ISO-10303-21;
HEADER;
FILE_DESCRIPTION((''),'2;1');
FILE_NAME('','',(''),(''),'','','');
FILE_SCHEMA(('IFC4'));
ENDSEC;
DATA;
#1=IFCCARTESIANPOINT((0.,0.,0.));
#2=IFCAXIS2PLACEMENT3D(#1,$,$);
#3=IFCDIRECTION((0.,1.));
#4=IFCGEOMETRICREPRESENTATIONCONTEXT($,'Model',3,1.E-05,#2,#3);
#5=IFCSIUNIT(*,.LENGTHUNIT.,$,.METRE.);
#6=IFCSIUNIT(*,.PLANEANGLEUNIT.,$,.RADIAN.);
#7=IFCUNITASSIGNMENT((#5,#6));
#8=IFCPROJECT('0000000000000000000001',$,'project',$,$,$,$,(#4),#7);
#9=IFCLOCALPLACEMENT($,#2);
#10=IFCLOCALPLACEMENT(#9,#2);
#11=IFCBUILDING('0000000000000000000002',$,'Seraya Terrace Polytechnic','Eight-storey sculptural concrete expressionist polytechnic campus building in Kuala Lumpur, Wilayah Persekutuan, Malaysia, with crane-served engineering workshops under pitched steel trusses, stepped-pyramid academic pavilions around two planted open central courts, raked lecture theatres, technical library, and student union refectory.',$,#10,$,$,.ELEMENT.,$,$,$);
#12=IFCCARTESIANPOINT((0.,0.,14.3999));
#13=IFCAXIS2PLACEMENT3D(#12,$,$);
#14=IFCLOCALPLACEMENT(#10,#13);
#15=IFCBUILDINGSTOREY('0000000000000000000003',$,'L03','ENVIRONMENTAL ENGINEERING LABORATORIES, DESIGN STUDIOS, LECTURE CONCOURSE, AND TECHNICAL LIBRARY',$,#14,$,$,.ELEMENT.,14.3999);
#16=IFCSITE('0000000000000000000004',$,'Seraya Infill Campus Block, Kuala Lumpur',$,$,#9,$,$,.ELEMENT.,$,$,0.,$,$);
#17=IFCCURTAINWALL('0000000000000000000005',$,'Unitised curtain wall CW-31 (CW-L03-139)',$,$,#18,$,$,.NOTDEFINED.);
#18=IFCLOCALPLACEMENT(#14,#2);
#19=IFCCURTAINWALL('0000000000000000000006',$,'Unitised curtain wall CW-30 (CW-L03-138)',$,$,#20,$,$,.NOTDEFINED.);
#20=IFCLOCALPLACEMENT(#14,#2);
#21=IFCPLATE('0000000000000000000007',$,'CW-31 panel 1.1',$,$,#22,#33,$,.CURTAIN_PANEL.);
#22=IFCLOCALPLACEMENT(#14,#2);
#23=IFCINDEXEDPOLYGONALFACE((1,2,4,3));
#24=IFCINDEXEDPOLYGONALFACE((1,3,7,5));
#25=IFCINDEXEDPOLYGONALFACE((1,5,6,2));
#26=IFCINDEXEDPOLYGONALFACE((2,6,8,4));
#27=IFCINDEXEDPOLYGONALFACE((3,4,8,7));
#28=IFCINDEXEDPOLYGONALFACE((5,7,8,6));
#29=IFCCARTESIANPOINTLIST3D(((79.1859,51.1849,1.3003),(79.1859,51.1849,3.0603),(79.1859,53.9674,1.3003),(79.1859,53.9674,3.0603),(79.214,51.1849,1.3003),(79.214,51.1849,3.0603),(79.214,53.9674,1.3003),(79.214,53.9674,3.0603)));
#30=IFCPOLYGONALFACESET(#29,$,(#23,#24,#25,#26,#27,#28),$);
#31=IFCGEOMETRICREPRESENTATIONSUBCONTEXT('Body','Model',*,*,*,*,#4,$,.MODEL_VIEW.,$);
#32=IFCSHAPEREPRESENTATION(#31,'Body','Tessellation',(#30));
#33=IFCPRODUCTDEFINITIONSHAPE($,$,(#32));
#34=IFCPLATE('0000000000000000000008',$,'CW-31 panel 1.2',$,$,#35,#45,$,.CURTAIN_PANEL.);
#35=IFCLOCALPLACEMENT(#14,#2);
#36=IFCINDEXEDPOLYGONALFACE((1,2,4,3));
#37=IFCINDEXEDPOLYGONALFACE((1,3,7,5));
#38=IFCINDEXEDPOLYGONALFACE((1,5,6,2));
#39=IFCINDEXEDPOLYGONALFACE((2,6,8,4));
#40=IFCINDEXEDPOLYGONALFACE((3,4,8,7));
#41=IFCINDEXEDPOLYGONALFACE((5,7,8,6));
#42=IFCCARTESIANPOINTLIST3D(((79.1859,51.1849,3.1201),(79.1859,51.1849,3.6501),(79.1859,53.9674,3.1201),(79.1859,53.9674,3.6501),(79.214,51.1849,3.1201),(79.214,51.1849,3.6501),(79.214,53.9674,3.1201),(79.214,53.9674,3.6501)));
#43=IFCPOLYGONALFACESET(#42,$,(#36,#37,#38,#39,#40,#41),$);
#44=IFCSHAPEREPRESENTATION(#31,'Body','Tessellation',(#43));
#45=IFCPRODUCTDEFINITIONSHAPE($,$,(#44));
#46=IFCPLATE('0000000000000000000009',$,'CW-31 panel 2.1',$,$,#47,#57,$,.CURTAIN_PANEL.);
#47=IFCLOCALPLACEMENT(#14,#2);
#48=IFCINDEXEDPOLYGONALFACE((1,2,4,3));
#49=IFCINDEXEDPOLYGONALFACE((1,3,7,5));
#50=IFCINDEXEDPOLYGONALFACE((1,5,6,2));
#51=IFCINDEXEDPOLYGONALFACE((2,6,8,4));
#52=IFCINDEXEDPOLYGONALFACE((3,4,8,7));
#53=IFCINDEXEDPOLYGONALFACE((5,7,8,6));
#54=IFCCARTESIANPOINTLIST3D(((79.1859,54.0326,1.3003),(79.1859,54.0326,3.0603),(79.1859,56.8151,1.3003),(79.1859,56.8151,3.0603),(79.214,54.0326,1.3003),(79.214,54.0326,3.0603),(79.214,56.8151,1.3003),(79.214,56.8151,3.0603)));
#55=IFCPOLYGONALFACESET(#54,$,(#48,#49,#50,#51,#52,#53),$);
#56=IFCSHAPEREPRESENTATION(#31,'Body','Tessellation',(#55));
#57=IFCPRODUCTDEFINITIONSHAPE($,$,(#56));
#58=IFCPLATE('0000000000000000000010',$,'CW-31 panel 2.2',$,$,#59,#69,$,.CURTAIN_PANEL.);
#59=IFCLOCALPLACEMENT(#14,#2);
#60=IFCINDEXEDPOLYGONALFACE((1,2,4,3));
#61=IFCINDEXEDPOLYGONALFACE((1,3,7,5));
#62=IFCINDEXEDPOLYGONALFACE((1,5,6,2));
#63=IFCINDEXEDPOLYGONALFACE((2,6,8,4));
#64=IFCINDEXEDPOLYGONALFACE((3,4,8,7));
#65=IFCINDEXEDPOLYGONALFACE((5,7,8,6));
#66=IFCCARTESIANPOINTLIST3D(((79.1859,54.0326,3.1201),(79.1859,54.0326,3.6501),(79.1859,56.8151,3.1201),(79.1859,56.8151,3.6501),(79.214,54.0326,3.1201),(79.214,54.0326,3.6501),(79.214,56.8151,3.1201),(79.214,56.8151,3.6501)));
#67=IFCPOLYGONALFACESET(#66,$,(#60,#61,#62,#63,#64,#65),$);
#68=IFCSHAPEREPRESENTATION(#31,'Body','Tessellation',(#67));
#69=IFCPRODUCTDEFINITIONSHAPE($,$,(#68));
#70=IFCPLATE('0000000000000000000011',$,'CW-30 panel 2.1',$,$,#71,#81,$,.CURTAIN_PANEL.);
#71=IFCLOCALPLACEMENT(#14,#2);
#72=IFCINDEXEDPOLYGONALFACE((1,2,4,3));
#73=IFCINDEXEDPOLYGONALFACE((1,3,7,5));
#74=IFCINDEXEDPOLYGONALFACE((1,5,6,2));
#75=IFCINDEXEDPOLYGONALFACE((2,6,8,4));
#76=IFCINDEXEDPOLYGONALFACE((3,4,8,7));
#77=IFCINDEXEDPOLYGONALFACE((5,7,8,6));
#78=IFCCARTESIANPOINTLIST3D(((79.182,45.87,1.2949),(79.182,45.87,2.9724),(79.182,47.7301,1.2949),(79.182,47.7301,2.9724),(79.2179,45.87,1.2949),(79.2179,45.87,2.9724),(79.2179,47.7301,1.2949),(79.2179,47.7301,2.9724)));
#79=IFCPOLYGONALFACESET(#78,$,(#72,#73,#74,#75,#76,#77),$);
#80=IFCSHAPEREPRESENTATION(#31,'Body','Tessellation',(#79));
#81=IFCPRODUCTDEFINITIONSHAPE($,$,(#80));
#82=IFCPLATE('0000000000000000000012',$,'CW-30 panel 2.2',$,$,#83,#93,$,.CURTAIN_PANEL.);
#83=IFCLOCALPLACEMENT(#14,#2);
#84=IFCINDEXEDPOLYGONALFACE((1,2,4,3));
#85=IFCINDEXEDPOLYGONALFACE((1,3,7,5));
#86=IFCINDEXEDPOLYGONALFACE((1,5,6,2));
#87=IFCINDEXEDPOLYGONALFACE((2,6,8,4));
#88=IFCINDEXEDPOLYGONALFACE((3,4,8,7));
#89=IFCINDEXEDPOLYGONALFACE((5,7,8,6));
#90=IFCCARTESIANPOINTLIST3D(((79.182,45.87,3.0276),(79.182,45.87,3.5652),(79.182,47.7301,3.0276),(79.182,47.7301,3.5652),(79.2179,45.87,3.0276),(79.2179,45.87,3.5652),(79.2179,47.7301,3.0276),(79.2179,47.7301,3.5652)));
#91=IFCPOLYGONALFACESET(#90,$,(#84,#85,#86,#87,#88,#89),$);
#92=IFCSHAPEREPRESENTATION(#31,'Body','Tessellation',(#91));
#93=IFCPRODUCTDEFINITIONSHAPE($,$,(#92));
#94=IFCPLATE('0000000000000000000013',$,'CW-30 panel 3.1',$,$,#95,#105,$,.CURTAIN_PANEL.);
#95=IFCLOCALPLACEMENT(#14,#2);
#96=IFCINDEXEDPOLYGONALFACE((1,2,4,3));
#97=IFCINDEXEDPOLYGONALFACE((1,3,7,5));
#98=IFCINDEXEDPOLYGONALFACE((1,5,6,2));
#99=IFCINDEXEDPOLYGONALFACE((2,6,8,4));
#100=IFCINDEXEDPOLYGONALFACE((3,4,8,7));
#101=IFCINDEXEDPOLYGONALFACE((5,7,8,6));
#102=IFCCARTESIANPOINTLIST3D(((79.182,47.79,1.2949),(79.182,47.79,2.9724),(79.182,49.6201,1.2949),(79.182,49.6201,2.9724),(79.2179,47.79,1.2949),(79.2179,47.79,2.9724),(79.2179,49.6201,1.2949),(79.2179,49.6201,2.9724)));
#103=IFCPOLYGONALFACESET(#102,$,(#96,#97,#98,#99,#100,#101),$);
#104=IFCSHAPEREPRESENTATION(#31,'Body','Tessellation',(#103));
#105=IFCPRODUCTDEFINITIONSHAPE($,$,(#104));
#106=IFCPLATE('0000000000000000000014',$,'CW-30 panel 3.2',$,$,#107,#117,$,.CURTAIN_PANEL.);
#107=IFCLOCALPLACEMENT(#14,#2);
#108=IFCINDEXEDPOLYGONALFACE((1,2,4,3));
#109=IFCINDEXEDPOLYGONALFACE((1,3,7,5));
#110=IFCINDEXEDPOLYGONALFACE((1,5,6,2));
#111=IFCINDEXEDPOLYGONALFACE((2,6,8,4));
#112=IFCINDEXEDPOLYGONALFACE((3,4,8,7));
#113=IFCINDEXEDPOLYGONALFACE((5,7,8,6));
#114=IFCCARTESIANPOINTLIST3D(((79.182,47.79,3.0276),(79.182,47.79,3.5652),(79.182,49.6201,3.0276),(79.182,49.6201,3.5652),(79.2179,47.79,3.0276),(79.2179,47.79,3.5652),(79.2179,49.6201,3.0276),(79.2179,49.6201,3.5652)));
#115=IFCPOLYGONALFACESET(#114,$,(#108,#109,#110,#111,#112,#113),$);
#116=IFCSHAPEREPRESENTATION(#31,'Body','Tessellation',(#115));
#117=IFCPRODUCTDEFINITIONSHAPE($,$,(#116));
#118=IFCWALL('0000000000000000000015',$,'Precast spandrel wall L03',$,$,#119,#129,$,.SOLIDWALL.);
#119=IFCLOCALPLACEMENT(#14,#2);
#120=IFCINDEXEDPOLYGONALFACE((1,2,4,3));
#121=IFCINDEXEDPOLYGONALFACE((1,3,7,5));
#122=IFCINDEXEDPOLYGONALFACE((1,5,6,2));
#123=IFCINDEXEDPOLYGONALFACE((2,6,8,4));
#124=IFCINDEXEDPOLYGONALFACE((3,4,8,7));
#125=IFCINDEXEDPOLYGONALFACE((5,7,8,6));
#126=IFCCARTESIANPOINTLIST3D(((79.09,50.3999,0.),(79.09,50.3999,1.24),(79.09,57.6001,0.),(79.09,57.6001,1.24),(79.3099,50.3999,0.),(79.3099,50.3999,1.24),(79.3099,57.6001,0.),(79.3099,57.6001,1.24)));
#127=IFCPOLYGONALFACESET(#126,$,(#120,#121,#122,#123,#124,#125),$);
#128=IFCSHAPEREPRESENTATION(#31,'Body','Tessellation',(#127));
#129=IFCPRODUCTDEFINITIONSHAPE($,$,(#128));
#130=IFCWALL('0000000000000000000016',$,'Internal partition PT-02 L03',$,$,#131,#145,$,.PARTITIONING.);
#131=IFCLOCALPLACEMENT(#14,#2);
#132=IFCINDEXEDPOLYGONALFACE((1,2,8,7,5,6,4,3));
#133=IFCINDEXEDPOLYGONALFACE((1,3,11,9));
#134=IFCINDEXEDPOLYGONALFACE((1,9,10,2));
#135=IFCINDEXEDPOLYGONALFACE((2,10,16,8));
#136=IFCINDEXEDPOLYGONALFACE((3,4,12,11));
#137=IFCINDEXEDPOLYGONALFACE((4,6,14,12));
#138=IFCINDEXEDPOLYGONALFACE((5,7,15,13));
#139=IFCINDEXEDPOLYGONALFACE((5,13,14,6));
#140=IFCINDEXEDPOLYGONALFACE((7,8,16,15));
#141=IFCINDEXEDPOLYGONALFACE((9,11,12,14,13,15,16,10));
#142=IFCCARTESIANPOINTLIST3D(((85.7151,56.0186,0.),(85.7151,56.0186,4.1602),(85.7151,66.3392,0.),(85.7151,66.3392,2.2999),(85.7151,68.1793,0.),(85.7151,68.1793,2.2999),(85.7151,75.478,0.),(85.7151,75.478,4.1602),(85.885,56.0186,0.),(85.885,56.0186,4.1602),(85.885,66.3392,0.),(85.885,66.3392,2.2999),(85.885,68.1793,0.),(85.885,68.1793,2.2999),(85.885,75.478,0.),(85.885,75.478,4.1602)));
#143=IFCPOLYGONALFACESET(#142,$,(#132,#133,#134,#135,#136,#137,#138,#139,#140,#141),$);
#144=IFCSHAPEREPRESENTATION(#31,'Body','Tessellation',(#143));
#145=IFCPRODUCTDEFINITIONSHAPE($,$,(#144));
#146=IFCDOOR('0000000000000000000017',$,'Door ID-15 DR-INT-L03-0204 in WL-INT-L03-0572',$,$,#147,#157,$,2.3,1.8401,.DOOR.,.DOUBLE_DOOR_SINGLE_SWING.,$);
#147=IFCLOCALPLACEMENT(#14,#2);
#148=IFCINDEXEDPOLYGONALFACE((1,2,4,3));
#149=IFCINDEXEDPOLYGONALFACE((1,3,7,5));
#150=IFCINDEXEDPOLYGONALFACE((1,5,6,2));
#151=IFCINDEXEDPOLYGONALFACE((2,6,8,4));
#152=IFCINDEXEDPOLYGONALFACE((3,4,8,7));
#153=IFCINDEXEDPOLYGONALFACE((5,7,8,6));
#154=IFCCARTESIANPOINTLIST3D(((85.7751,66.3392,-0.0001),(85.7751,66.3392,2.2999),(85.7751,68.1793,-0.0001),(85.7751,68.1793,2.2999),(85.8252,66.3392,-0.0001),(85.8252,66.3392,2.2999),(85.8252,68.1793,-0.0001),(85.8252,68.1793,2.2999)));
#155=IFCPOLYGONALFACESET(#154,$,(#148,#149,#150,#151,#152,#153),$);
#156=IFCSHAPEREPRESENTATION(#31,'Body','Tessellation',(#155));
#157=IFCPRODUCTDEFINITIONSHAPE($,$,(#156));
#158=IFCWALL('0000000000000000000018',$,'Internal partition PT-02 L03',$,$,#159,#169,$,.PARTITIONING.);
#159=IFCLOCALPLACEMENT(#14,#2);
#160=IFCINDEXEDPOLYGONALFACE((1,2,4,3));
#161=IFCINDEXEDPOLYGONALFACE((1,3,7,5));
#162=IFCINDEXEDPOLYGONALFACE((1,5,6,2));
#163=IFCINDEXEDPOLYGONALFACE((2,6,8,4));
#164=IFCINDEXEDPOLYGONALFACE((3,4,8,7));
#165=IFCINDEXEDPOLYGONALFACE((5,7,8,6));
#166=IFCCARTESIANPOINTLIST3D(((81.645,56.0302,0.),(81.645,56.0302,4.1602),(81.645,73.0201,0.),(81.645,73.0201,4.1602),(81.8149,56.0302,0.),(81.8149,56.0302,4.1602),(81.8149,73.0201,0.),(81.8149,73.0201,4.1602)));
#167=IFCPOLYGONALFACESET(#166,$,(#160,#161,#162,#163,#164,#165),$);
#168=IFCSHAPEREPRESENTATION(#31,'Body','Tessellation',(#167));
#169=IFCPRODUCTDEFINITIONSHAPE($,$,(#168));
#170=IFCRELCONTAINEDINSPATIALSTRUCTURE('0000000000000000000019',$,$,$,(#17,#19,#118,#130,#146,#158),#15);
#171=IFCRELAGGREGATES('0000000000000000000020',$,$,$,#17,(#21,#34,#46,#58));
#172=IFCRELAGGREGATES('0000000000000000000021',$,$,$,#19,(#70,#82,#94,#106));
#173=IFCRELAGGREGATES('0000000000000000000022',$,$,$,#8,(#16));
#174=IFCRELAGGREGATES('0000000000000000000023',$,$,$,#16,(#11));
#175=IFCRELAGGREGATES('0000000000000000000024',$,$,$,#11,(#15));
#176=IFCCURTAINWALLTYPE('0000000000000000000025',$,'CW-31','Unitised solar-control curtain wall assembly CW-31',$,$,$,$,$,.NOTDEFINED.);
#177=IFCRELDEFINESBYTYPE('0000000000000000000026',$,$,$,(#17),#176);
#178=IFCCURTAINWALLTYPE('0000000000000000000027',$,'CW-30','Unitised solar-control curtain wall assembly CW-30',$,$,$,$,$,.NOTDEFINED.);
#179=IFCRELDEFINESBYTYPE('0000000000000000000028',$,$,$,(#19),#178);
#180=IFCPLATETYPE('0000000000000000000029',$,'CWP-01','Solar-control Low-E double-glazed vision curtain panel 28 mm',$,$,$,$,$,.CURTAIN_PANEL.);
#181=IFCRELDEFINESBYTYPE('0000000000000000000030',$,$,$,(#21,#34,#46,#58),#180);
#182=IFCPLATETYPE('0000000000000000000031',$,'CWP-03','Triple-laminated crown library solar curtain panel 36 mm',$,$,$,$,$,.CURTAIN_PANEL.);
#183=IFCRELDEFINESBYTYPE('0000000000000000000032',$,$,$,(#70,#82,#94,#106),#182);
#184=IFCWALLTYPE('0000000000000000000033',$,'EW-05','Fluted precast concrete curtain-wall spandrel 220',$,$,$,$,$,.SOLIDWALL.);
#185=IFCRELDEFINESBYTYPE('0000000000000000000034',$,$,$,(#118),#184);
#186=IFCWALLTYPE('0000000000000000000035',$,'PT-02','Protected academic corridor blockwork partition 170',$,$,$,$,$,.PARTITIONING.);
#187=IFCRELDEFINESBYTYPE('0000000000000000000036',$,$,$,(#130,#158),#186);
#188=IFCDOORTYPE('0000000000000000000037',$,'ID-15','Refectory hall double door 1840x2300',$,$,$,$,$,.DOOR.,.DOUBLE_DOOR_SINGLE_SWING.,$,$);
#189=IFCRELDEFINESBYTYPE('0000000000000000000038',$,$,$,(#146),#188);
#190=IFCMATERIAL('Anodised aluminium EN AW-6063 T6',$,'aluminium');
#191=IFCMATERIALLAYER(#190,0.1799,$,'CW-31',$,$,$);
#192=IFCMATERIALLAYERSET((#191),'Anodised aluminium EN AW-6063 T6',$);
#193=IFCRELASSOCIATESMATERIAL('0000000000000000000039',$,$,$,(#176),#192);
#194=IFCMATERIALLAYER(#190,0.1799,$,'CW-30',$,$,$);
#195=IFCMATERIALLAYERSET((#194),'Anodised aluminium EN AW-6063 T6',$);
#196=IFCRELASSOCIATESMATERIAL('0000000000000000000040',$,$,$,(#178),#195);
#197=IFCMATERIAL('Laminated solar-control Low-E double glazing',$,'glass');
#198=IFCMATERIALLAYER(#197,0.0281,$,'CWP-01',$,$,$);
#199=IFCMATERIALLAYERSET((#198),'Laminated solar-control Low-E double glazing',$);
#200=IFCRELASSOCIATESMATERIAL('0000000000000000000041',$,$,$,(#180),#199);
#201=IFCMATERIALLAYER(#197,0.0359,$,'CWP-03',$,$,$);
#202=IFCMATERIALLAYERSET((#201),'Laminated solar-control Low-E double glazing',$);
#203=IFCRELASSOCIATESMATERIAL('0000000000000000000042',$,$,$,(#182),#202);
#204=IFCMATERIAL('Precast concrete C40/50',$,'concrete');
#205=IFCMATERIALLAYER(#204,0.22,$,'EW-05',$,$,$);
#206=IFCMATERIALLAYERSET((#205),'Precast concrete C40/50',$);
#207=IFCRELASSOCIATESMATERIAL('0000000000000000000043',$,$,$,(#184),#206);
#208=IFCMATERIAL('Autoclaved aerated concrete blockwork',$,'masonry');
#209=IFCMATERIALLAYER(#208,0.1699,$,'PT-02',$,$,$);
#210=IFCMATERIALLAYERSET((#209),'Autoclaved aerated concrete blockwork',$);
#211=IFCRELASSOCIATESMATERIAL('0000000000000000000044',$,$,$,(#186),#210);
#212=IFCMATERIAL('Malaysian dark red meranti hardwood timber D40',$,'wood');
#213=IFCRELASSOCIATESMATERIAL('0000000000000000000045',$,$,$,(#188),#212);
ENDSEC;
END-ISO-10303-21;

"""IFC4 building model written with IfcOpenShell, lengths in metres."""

from ifc_helpers import new_model, si_unit, direction, frame, frame_2d, origin, origin_2d, place, context, subcontext, project, spatial, rectangle, extrude, material, layer, layer_set, type_object, element, fill, aggregate, save


model = new_model("IFC4")

# Units and contexts
model_context = context("Model", 3, precision=1e-05, world=origin(), true_north=direction((0.0, 1.0)))
body_context = subcontext(model_context, "Body", "Model", "MODEL_VIEW")
ifc_project = project(units=[si_unit("LENGTHUNIT", "METRE"), si_unit("PLANEANGLEUNIT", "RADIAN")], contexts=[model_context])

# Site, building, storey
site_placement = place(None, origin())
site = spatial("IfcSite", under=ifc_project, at=site_placement, Name="Seraya Infill Campus Block, Kuala Lumpur", CompositionType="ELEMENT", RefElevation=0.0)
building_placement = place(site_placement, origin())
building = spatial("IfcBuilding", under=site, at=building_placement, Name="Seraya Terrace Polytechnic", Description="Eight-storey sculptural concrete expressionist polytechnic campus building in Kuala Lumpur, Wilayah Persekutuan, Malaysia, with crane-served engineering workshops under pitched steel trusses, stepped-pyramid academic pavilions around two planted open central courts, raked lecture theatres, technical library, and student union refectory.", CompositionType="ELEMENT")
storey_placement = place(building_placement, frame((0.0, 0.0, 14.3999)))
storey = spatial("IfcBuildingStorey", under=building, at=storey_placement, Name="L03", Description="ENVIRONMENTAL ENGINEERING LABORATORIES, DESIGN STUDIOS, LECTURE CONCOURSE, AND TECHNICAL LIBRARY", CompositionType="ELEMENT", Elevation=14.3999)

# Curtain walls
ifc_material_1 = material(Name="Anodised aluminium EN AW-6063 T6", Category="aluminium")
ifc_layer_1 = layer(ifc_material_1, 0.1799, Name="CW-31")
ifc_layer_set_1 = layer_set([ifc_layer_1], Name="Anodised aluminium EN AW-6063 T6")
curtain_wall_type_1 = type_object("IfcCurtainWallType", Name="CW-31", Description="Unitised solar-control curtain wall assembly CW-31", PredefinedType="NOTDEFINED", material=ifc_layer_set_1)
curtain_wall_1_placement = place(storey_placement, origin())
curtain_wall_1 = element("IfcCurtainWall", 1, at=curtain_wall_1_placement, inside=storey, type_object=curtain_wall_type_1, Name="Unitised curtain wall CW-31 (CW-L03-139)", PredefinedType="NOTDEFINED")
ifc_layer_2 = layer(ifc_material_1, 0.1799, Name="CW-30")
ifc_layer_set_2 = layer_set([ifc_layer_2], Name="Anodised aluminium EN AW-6063 T6")
curtain_wall_type_2 = type_object("IfcCurtainWallType", Name="CW-30", Description="Unitised solar-control curtain wall assembly CW-30", PredefinedType="NOTDEFINED", material=ifc_layer_set_2)
curtain_wall_2_placement = place(storey_placement, origin())
curtain_wall_2 = element("IfcCurtainWall", 2, at=curtain_wall_2_placement, inside=storey, type_object=curtain_wall_type_2, Name="Unitised curtain wall CW-30 (CW-L03-138)", PredefinedType="NOTDEFINED")

# Plates
ifc_material_2 = material(Name="Laminated solar-control Low-E double glazing", Category="glass")
ifc_layer_3 = layer(ifc_material_2, 0.0281, Name="CWP-01")
ifc_layer_set_3 = layer_set([ifc_layer_3], Name="Laminated solar-control Low-E double glazing")
plate_type_1 = type_object("IfcPlateType", Name="CWP-01", Description="Solar-control Low-E double-glazed vision curtain panel 28 mm", PredefinedType="CURTAIN_PANEL", material=ifc_layer_set_3)
plate_1_placement = place(storey_placement, frame((79.2, 52.5762, 1.3003), z_axis=(0.0, 0.0, 1.0), x_axis=(0.0, 1.0, 0.0)))
plate_1 = element("IfcPlate", 3, at=plate_1_placement, type_object=plate_type_1, Name="CW-31 panel 1.1", PredefinedType="CURTAIN_PANEL", context=body_context, shape_type="SweptSolid", body=[
    extrude(rectangle(XDim=2.7825, YDim=0.0281, at=origin_2d()), origin(), (0.0, 0.0, 1.0), 1.76),
])
plate_2_placement = place(storey_placement, frame((79.2, 52.5762, 3.1201), z_axis=(0.0, 0.0, 1.0), x_axis=(0.0, 1.0, 0.0)))
plate_2 = element("IfcPlate", 4, at=plate_2_placement, type_object=plate_type_1, Name="CW-31 panel 1.2", PredefinedType="CURTAIN_PANEL", context=body_context, shape_type="SweptSolid", body=[
    extrude(rectangle(XDim=2.7825, YDim=0.0281, at=origin_2d()), origin(), (0.0, 0.0, 1.0), 0.53),
])
plate_3_placement = place(storey_placement, frame((79.2, 55.4238, 1.3003), z_axis=(0.0, 0.0, 1.0), x_axis=(0.0, 1.0, 0.0)))
plate_3 = element("IfcPlate", 5, at=plate_3_placement, type_object=plate_type_1, Name="CW-31 panel 2.1", PredefinedType="CURTAIN_PANEL", context=body_context, shape_type="SweptSolid", body=[
    extrude(rectangle(XDim=2.7825, YDim=0.0281, at=origin_2d()), origin(), (0.0, 0.0, 1.0), 1.76),
])
plate_4_placement = place(storey_placement, frame((79.2, 55.4238, 3.1201), z_axis=(0.0, 0.0, 1.0), x_axis=(0.0, 1.0, 0.0)))
plate_4 = element("IfcPlate", 6, at=plate_4_placement, type_object=plate_type_1, Name="CW-31 panel 2.2", PredefinedType="CURTAIN_PANEL", context=body_context, shape_type="SweptSolid", body=[
    extrude(rectangle(XDim=2.7825, YDim=0.0281, at=origin_2d()), origin(), (0.0, 0.0, 1.0), 0.53),
])
aggregate(curtain_wall_1, [plate_1, plate_2, plate_3, plate_4])
ifc_layer_4 = layer(ifc_material_2, 0.0359, Name="CWP-03")
ifc_layer_set_4 = layer_set([ifc_layer_4], Name="Laminated solar-control Low-E double glazing")
plate_type_2 = type_object("IfcPlateType", Name="CWP-03", Description="Triple-laminated crown library solar curtain panel 36 mm", PredefinedType="CURTAIN_PANEL", material=ifc_layer_set_4)
plate_5_placement = place(storey_placement, frame((79.2, 46.8, 1.2949), z_axis=(0.0, 0.0, 1.0), x_axis=(0.0, 1.0, 0.0)))
plate_5 = element("IfcPlate", 7, at=plate_5_placement, type_object=plate_type_2, Name="CW-30 panel 2.1", PredefinedType="CURTAIN_PANEL", context=body_context, shape_type="SweptSolid", body=[
    extrude(rectangle(XDim=1.8601, YDim=0.0359, at=origin_2d()), origin(), (0.0, 0.0, 1.0), 1.6775),
])
plate_6_placement = place(storey_placement, frame((79.2, 46.8, 3.0276), z_axis=(0.0, 0.0, 1.0), x_axis=(0.0, 1.0, 0.0)))
plate_6 = element("IfcPlate", 8, at=plate_6_placement, type_object=plate_type_2, Name="CW-30 panel 2.2", PredefinedType="CURTAIN_PANEL", context=body_context, shape_type="SweptSolid", body=[
    extrude(rectangle(XDim=1.8601, YDim=0.0359, at=origin_2d()), origin(), (0.0, 0.0, 1.0), 0.5376),
])
plate_7_placement = place(storey_placement, frame((79.2, 48.7051, 1.2949), z_axis=(0.0, 0.0, 1.0), x_axis=(0.0, 1.0, 0.0)))
plate_7 = element("IfcPlate", 9, at=plate_7_placement, type_object=plate_type_2, Name="CW-30 panel 3.1", PredefinedType="CURTAIN_PANEL", context=body_context, shape_type="SweptSolid", body=[
    extrude(rectangle(XDim=1.8301, YDim=0.0359, at=origin_2d()), origin(), (0.0, 0.0, 1.0), 1.6775),
])
plate_8_placement = place(storey_placement, frame((79.2, 48.7051, 3.0276), z_axis=(0.0, 0.0, 1.0), x_axis=(0.0, 1.0, 0.0)))
plate_8 = element("IfcPlate", 10, at=plate_8_placement, type_object=plate_type_2, Name="CW-30 panel 3.2", PredefinedType="CURTAIN_PANEL", context=body_context, shape_type="SweptSolid", body=[
    extrude(rectangle(XDim=1.8301, YDim=0.0359, at=origin_2d()), origin(), (0.0, 0.0, 1.0), 0.5376),
])
aggregate(curtain_wall_2, [plate_5, plate_6, plate_7, plate_8])

# Wall
ifc_material_3 = material(Name="Precast concrete C40/50", Category="concrete")
ifc_layer_5 = layer(ifc_material_3, 0.22, Name="EW-05")
ifc_layer_set_5 = layer_set([ifc_layer_5], Name="Precast concrete C40/50")
wall_type_1 = type_object("IfcWallType", Name="EW-05", Description="Fluted precast concrete curtain-wall spandrel 220", PredefinedType="SOLIDWALL", material=ifc_layer_set_5)
wall_1_placement = place(storey_placement, frame((79.2, 50.3999, 0.0), z_axis=(0.0, 0.0, 1.0), x_axis=(0.0, 1.0, 0.0)))
element("IfcWall", 11, at=wall_1_placement, inside=storey, type_object=wall_type_1, Name="Precast spandrel wall L03", PredefinedType="SOLIDWALL", context=body_context, shape_type="SweptSolid", body=[
    extrude(rectangle(XDim=7.2002, YDim=0.22, at=frame_2d((3.6001, 0.0))), origin(), (0.0, 0.0, 1.0), 1.24),
])

# Wall, opening, door
ifc_material_4 = material(Name="Autoclaved aerated concrete blockwork", Category="masonry")
ifc_layer_6 = layer(ifc_material_4, 0.1699, Name="PT-02")
ifc_layer_set_6 = layer_set([ifc_layer_6], Name="Autoclaved aerated concrete blockwork")
wall_type_2 = type_object("IfcWallType", Name="PT-02", Description="Protected academic corridor blockwork partition 170", PredefinedType="PARTITIONING", material=ifc_layer_set_6)
wall_2_placement = place(storey_placement, frame((85.8, 56.0186, 0.0), z_axis=(0.0, 0.0, 1.0), x_axis=(0.0, 1.0, 0.0)))
wall_2 = element("IfcWall", 12, at=wall_2_placement, inside=storey, type_object=wall_type_2, Name="Internal partition PT-02 L03", PredefinedType="PARTITIONING", context=body_context, shape_type="SweptSolid", body=[
    extrude(rectangle(XDim=19.4595, YDim=0.1699, at=frame_2d((9.7297, 0.0))), origin(), (0.0, 0.0, 1.0), 4.1602),
])
opening_placement = place(wall_2_placement, frame((10.3208, 0.0, 0.0)))
opening = element("IfcOpeningElement", 13, at=opening_placement, cuts=wall_2, PredefinedType="OPENING", context=body_context, shape_type="SweptSolid", body=[
    extrude(rectangle(XDim=1.8401, YDim=2.3, at=frame_2d((0.9199, 1.1499))), frame((0.0, 0.0969, 0.0), z_axis=(0.0, -1.0, 0.0), x_axis=(1.0, 0.0, 0.0)), (0.0, 0.0, 1.0), 0.1938),
])
ifc_material_5 = material(Name="Malaysian dark red meranti hardwood timber D40", Category="wood")
door_type = type_object("IfcDoorType", Name="ID-15", Description="Refectory hall double door 1840x2300", OperationType="DOUBLE_DOOR_SINGLE_SWING", PredefinedType="DOOR", material=ifc_material_5)
door_placement = place(opening_placement, origin())
door = element("IfcDoor", 14, at=door_placement, inside=storey, type_object=door_type, Name="Door ID-15 DR-INT-L03-0204 in WL-INT-L03-0572", OperationType="DOUBLE_DOOR_SINGLE_SWING", OverallHeight=2.3, OverallWidth=1.8401, PredefinedType="DOOR", context=body_context, shape_type="SweptSolid", body=[
    extrude(rectangle(XDim=1.8401, YDim=2.3, at=frame_2d((0.9199, 1.1499))), frame((0.0, 0.0249, 0.0), z_axis=(0.0, -1.0, 0.0), x_axis=(1.0, 0.0, 0.0)), (0.0, 0.0, 1.0), 0.05),
])
fill(opening, door)

# Wall
wall_3_placement = place(storey_placement, frame((81.73, 56.03, 0.0), z_axis=(0.0, 0.0, 1.0), x_axis=(0.0, 1.0, 0.0)))
element("IfcWall", 15, at=wall_3_placement, inside=storey, type_object=wall_type_2, Name="Internal partition PT-02 L03", PredefinedType="PARTITIONING", context=body_context, shape_type="SweptSolid", body=[
    extrude(rectangle(XDim=16.99, YDim=0.1699, at=frame_2d((8.4951, 0.0))), origin(), (0.0, 0.0, 1.0), 4.1602),
])

save(model, "model.ifc")
